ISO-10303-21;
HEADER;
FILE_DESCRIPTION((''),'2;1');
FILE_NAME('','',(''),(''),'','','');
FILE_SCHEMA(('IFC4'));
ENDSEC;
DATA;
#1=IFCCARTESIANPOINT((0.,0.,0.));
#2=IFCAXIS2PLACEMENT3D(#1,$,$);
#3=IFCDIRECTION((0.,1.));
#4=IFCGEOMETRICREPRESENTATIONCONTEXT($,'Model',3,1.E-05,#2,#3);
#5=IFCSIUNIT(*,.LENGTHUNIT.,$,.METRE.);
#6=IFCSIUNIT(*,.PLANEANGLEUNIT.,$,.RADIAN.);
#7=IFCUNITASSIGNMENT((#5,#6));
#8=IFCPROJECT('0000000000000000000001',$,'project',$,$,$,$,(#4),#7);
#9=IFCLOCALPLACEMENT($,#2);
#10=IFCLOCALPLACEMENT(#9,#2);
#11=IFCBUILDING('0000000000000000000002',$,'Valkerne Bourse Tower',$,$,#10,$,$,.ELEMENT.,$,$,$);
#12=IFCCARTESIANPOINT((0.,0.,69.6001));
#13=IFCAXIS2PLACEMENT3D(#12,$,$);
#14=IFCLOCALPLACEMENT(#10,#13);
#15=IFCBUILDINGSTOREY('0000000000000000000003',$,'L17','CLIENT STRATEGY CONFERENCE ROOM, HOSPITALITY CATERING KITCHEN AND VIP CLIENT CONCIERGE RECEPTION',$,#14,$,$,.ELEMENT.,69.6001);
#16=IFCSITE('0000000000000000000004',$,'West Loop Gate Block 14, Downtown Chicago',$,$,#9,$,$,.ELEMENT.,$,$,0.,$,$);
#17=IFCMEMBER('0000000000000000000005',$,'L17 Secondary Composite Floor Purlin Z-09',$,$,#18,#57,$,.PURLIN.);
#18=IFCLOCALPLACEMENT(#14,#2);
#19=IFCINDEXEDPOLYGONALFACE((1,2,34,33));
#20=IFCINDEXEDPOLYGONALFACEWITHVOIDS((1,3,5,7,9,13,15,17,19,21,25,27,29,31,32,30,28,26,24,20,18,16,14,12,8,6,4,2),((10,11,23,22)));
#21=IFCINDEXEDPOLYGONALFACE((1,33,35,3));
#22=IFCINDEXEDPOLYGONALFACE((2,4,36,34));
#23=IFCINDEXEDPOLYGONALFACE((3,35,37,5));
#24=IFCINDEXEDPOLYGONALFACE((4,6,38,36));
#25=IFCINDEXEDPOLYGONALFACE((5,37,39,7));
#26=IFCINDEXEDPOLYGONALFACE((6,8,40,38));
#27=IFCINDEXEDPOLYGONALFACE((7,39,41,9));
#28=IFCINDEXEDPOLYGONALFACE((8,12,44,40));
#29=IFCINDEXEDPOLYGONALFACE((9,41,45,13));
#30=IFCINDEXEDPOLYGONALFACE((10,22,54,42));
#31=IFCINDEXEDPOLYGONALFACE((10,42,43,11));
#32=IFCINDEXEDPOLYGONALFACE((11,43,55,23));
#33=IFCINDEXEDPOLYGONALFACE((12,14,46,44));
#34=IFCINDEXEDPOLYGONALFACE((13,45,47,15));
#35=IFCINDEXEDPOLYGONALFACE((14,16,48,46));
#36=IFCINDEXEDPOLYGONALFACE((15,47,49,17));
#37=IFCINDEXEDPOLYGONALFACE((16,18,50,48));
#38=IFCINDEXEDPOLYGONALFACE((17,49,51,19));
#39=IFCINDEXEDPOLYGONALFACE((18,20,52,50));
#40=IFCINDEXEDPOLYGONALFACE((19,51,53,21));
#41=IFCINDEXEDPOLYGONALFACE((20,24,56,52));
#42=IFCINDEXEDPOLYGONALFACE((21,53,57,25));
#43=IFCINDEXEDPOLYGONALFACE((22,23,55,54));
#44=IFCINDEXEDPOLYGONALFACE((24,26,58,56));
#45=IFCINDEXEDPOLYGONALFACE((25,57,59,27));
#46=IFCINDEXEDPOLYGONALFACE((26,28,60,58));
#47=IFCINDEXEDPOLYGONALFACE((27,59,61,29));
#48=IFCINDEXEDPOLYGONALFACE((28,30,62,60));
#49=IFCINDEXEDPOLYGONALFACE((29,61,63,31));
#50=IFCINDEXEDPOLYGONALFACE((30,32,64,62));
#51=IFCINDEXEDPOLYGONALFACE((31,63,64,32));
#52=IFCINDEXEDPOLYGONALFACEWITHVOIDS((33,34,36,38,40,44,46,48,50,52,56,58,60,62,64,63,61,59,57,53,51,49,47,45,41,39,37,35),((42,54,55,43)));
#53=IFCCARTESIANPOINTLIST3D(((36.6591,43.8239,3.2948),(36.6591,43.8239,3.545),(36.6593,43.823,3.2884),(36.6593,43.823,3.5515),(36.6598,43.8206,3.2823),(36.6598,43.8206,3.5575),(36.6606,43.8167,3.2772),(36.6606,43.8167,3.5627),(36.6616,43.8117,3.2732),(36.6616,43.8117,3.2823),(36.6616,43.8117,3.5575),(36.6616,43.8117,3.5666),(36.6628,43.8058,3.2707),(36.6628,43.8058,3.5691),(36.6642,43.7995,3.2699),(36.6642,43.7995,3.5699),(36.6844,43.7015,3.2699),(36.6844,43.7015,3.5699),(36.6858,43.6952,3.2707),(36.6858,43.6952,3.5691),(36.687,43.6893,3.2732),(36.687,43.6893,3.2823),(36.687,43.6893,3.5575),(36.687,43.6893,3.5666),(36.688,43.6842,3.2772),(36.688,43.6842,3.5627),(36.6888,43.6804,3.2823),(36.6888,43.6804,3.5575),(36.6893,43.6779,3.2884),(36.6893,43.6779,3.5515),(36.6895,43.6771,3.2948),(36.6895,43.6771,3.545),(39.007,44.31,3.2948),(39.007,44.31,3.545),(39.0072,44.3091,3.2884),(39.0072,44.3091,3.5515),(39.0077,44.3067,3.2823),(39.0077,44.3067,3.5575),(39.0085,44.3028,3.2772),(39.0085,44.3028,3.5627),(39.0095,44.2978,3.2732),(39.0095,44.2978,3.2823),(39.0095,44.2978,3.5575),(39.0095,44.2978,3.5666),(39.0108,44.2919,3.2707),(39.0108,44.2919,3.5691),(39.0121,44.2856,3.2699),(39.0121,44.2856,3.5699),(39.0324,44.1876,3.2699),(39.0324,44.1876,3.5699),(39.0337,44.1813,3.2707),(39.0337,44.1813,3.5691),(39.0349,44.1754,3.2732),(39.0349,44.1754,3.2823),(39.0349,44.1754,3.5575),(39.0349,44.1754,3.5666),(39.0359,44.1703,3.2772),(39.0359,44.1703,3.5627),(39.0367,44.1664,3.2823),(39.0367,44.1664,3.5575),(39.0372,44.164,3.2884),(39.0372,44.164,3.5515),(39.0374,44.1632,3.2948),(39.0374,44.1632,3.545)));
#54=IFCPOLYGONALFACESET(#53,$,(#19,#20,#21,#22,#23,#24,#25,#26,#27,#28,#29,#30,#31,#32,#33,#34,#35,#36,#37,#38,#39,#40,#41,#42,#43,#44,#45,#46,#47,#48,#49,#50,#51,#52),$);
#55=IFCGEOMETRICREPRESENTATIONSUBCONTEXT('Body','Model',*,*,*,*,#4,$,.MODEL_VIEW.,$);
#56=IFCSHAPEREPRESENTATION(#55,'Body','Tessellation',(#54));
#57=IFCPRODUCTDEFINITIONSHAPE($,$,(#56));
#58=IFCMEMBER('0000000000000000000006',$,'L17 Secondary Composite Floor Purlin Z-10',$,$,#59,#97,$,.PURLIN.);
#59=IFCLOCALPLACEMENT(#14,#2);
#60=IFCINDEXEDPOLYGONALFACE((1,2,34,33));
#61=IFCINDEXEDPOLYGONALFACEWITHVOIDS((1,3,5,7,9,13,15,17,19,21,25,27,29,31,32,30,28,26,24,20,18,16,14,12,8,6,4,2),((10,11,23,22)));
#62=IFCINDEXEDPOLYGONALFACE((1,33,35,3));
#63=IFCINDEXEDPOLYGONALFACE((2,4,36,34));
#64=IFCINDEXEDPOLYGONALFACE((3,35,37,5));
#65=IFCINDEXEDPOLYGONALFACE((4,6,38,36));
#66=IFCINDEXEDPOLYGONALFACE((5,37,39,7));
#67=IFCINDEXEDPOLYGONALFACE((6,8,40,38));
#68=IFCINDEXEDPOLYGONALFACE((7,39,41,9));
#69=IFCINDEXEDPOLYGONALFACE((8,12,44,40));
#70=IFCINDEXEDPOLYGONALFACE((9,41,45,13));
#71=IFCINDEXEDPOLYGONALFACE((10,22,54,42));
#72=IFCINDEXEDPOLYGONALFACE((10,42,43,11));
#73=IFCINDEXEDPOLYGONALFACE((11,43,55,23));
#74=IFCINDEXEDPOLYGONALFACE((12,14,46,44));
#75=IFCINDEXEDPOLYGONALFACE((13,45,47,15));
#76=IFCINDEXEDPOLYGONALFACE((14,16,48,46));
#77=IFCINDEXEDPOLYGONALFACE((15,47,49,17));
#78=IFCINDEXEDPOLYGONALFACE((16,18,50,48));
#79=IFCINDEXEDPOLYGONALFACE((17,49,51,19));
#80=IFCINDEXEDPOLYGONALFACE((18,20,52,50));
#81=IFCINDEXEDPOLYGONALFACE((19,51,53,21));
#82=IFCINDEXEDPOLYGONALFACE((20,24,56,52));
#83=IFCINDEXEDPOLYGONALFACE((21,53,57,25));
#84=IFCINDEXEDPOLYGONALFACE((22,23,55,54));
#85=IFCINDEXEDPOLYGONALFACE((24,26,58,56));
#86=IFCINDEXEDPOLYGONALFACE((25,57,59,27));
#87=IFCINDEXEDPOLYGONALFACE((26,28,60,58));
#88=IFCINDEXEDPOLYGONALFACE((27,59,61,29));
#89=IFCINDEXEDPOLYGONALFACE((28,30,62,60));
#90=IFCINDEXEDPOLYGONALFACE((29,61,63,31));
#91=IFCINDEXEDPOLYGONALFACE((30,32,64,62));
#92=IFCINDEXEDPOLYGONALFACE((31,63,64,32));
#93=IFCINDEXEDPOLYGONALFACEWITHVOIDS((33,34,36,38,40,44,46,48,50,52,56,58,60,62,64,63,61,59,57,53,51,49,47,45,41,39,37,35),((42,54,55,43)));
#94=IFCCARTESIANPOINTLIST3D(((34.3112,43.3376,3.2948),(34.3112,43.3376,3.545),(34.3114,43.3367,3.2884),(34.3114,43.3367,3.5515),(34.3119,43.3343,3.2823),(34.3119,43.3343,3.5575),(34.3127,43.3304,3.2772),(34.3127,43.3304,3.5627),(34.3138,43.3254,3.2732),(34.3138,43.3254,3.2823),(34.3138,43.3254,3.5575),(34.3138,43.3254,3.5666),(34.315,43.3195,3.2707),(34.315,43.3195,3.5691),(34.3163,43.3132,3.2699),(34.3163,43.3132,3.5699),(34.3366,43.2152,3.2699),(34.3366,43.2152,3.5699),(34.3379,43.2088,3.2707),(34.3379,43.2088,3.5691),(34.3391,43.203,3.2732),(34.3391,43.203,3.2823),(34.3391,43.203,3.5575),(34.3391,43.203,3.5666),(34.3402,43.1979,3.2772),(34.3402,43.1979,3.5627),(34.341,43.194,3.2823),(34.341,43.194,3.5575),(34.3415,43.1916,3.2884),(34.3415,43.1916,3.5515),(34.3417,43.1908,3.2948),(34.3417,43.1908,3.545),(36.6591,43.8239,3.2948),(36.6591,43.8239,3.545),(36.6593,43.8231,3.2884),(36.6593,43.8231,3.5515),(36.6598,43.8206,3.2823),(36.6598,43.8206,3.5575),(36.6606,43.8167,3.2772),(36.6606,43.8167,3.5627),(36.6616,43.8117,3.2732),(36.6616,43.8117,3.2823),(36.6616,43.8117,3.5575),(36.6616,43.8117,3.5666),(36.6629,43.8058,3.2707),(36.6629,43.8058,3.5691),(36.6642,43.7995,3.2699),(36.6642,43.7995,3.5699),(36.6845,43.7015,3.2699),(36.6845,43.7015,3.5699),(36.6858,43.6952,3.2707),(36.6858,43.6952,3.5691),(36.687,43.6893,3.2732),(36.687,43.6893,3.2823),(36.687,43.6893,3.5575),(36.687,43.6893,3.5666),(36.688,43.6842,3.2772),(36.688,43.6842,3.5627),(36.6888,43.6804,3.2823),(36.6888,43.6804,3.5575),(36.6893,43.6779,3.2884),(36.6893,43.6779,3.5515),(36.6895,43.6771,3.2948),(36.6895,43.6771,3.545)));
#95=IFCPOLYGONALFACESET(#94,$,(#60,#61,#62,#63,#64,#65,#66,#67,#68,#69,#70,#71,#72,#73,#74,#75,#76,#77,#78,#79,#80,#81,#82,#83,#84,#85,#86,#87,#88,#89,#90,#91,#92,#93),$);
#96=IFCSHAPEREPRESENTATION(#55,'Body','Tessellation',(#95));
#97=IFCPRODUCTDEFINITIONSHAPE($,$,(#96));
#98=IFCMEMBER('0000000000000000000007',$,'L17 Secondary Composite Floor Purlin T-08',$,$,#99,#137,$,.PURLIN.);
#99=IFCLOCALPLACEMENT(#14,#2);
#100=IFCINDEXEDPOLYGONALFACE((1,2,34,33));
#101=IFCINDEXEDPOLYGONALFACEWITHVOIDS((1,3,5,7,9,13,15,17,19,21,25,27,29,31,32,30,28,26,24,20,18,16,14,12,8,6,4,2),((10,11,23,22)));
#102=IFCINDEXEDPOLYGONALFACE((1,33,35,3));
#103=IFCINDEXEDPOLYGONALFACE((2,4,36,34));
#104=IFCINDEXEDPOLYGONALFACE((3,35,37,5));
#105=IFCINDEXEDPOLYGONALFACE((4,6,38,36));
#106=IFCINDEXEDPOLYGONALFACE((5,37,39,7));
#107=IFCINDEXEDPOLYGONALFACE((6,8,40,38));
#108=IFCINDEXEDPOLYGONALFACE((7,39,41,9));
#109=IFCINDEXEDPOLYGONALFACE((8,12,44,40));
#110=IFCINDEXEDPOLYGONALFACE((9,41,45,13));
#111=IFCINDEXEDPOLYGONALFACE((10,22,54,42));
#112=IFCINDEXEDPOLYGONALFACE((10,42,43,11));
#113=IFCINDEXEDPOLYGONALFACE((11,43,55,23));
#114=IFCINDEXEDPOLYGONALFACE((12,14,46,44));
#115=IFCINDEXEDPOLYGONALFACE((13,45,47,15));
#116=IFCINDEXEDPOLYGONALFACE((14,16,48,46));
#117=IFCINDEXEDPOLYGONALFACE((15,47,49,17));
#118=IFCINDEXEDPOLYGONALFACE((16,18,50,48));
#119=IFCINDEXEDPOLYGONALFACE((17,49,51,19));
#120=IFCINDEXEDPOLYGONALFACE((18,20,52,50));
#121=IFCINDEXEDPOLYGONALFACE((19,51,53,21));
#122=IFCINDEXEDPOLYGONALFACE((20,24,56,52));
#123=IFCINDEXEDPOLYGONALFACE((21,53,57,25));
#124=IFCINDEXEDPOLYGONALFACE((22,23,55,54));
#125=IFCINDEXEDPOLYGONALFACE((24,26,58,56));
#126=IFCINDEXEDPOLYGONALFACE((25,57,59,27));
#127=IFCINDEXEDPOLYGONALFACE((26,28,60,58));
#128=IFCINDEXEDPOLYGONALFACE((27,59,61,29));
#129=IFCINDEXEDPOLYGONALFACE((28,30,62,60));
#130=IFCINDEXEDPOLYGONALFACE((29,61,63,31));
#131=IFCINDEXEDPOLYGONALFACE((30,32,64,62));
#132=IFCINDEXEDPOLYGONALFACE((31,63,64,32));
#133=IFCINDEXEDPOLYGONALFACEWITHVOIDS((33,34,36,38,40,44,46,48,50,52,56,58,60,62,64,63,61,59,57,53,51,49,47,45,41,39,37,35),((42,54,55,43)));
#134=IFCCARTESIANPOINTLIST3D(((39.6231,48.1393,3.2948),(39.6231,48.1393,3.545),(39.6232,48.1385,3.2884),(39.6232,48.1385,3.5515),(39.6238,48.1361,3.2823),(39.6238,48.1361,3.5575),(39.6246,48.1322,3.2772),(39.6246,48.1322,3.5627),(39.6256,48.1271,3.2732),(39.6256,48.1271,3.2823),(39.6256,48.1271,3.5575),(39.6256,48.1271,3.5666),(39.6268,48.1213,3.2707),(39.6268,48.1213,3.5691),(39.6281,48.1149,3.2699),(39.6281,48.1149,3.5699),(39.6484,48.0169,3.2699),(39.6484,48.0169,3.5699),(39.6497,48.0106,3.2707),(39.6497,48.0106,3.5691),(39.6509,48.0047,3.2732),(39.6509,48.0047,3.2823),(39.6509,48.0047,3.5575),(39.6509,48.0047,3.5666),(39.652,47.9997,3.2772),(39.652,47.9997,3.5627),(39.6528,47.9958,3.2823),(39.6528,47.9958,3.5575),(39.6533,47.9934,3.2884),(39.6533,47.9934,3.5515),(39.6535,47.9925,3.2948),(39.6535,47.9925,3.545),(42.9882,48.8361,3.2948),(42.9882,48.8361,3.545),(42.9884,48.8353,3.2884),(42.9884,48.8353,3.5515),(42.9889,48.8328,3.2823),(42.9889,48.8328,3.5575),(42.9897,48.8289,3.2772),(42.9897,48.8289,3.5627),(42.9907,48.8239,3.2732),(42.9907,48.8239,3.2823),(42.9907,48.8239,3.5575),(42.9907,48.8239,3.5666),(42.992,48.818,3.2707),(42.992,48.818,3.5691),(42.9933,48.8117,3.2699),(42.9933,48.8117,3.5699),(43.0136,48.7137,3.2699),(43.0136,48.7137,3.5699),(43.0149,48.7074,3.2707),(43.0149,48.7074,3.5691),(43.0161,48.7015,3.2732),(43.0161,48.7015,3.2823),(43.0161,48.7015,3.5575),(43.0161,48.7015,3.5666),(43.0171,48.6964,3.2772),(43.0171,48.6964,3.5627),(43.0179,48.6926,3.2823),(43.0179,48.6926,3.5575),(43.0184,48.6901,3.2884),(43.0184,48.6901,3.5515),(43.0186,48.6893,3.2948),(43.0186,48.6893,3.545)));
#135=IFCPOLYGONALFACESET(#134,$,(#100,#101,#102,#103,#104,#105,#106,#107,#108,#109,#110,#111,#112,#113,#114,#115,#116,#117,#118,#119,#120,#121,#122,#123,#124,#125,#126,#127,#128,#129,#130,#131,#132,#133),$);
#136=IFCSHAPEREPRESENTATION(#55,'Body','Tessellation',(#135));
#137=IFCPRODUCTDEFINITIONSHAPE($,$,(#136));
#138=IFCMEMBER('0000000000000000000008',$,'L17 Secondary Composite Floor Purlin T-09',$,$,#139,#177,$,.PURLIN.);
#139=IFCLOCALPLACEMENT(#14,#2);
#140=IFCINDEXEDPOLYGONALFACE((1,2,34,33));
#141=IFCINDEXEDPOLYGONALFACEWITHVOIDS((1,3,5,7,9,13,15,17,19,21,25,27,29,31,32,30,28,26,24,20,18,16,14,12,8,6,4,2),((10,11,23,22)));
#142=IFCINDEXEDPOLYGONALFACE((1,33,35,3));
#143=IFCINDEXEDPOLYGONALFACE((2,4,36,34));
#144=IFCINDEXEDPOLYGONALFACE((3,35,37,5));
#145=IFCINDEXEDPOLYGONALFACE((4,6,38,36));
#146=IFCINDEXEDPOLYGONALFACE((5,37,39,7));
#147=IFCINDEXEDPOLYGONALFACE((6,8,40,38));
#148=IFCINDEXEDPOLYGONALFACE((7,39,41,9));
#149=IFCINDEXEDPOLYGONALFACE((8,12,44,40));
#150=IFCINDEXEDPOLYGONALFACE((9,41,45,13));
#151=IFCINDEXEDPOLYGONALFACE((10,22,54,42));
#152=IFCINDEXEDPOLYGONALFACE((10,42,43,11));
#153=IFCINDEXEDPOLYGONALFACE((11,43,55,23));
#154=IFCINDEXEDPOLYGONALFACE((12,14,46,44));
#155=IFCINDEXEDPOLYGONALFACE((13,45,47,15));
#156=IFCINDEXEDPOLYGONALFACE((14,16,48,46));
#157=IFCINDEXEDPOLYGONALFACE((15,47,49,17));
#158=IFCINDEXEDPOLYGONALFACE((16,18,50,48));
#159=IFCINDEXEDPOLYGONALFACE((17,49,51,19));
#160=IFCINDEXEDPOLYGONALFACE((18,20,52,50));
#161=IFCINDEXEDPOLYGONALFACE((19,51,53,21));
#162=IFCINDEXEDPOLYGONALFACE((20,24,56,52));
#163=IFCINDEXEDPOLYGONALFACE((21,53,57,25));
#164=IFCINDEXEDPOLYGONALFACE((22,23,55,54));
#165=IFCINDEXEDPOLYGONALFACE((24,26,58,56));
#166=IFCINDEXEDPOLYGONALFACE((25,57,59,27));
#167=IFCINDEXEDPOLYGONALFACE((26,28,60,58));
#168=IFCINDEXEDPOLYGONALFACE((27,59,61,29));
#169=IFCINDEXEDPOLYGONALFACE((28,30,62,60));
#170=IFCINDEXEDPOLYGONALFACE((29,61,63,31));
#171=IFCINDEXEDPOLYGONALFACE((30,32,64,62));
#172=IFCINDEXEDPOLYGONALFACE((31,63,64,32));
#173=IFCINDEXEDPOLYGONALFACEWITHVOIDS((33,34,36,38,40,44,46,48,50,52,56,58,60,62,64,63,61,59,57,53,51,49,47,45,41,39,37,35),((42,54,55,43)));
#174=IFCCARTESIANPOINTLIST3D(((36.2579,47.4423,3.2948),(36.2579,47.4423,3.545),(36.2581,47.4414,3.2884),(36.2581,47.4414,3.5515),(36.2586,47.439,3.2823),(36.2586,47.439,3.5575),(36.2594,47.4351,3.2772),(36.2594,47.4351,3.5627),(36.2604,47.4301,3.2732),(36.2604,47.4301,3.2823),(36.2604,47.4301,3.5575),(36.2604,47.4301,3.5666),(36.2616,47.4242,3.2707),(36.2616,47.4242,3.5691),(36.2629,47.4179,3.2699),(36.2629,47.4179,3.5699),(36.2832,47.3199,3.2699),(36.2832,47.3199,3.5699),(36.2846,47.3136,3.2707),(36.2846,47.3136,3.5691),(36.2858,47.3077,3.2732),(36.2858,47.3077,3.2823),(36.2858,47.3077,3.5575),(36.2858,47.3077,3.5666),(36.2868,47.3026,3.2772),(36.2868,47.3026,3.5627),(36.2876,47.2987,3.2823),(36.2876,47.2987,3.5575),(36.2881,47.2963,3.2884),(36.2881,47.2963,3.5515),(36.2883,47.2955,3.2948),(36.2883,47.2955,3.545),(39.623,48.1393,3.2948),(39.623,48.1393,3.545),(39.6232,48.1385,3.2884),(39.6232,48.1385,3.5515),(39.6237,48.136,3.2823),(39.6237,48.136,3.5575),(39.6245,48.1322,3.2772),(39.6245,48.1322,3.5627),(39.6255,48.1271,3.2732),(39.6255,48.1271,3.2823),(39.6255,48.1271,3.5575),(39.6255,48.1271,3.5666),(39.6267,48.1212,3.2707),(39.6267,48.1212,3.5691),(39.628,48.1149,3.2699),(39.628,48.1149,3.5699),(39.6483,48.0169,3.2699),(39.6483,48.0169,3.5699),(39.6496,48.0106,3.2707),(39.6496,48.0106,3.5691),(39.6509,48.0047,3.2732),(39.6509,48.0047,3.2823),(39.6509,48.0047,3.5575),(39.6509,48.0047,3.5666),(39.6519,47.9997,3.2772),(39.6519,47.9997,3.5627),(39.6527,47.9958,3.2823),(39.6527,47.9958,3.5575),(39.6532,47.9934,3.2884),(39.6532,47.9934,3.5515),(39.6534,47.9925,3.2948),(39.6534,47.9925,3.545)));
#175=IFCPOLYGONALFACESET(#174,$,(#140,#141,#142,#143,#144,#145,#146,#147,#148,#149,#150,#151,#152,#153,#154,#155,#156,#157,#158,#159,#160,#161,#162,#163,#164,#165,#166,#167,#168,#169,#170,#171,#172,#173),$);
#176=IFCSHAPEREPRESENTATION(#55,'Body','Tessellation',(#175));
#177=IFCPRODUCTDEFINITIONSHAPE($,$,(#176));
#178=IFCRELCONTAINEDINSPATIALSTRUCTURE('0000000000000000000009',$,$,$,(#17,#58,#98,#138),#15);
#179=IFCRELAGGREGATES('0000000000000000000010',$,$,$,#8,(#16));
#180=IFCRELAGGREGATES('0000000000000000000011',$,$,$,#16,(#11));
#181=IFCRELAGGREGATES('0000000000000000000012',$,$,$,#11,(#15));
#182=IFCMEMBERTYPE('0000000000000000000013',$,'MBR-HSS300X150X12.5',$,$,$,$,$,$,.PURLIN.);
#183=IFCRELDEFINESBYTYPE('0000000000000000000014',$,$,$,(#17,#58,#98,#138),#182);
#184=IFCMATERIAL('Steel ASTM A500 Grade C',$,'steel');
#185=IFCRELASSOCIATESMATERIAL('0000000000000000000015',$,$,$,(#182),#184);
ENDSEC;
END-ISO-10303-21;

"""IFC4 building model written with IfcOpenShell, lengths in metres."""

from ifc_helpers import new_model, si_unit, direction, frame, origin, origin_2d, place, context, subcontext, project, spatial, hollow_rectangle, extrude, material, material_profile, profile_set, type_object, element, save


model = new_model("IFC4")

# Units and contexts
model_context = context("Model", 3, precision=1e-05, world=origin(), true_north=direction((0.0, 1.0)))
body_context = subcontext(model_context, "Body", "Model", "MODEL_VIEW")
ifc_project = project(units=[si_unit("LENGTHUNIT", "METRE"), si_unit("PLANEANGLEUNIT", "RADIAN")], contexts=[model_context])

# Site, building, storey
site_placement = place(None, origin())
site = spatial("IfcSite", under=ifc_project, at=site_placement, Name="West Loop Gate Block 14, Downtown Chicago", CompositionType="ELEMENT", RefElevation=0.0)
building_placement = place(site_placement, origin())
building = spatial("IfcBuilding", under=site, at=building_placement, Name="Valkerne Bourse Tower", CompositionType="ELEMENT")
storey_placement = place(building_placement, frame((0.0, 0.0, 69.6001)))
storey = spatial("IfcBuildingStorey", under=building, at=storey_placement, Name="L17", Description="CLIENT STRATEGY CONFERENCE ROOM, HOSPITALITY CATERING KITCHEN AND VIP CLIENT CONCIERGE RECEPTION", CompositionType="ELEMENT", Elevation=69.6001)

# Members
ifc_material_1 = material(Name="Steel ASTM A500 Grade C", Category="steel")
ifc_material_profile_1 = material_profile(ifc_material_1, hollow_rectangle(XDim=0.1499, YDim=0.3, WallThickness=0.0125, OuterFilletRadius=0.0249, at=origin_2d()), Name="HSS300X150X12.5")
ifc_profile_set_1 = profile_set([ifc_material_profile_1], Name="Steel ASTM A500 Grade C")
member_type_1 = type_object("IfcMemberType", Name="MBR-HSS300X150X12.5", PredefinedType="PURLIN", material=ifc_profile_set_1)
for number, where, z_axis, x_axis, name in (
    (1, (39.0222, 44.2366, 3.4199), (-0.979235, -0.20273, 0.0), (0.20273, -0.979235, 0.0), "L17 Secondary Composite Floor Purlin Z-09"),
    (2, (36.6743, 43.7505, 3.4199), (-0.979214, -0.202828, 0.0), (0.202828, -0.979214, 0.0), "L17 Secondary Composite Floor Purlin Z-10"),
):
    element("IfcMember", number, at=place(storey_placement, frame(where, z_axis=z_axis, x_axis=x_axis)), inside=storey, type_object=member_type_1, Name=name, PredefinedType="PURLIN", context=body_context, shape_type="SweptSolid", body=[
        extrude(hollow_rectangle(XDim=0.1499, YDim=0.3, WallThickness=0.0125, OuterFilletRadius=0.0249, at=origin_2d()), origin(), (0.0, 0.0, 1.0), 2.3977),
    ])
for number, where, z_axis, x_axis, name in (
    (3, (43.0034, 48.7627, 3.4199), (-0.97923, -0.202751, 0.0), (0.202751, -0.97923, 0.0), "L17 Secondary Composite Floor Purlin T-08"),
    (4, (39.6382, 48.0659, 3.4199), (-0.979213, -0.202833, 0.0), (0.202833, -0.979213, 0.0), "L17 Secondary Composite Floor Purlin T-09"),
):
    element("IfcMember", number, at=place(storey_placement, frame(where, z_axis=z_axis, x_axis=x_axis)), inside=storey, type_object=member_type_1, Name=name, PredefinedType="PURLIN", context=body_context, shape_type="SweptSolid", body=[
        extrude(hollow_rectangle(XDim=0.1499, YDim=0.3, WallThickness=0.0125, OuterFilletRadius=0.0249, at=origin_2d()), origin(), (0.0, 0.0, 1.0), 3.4365),
    ])

save(model, "model.ifc")
